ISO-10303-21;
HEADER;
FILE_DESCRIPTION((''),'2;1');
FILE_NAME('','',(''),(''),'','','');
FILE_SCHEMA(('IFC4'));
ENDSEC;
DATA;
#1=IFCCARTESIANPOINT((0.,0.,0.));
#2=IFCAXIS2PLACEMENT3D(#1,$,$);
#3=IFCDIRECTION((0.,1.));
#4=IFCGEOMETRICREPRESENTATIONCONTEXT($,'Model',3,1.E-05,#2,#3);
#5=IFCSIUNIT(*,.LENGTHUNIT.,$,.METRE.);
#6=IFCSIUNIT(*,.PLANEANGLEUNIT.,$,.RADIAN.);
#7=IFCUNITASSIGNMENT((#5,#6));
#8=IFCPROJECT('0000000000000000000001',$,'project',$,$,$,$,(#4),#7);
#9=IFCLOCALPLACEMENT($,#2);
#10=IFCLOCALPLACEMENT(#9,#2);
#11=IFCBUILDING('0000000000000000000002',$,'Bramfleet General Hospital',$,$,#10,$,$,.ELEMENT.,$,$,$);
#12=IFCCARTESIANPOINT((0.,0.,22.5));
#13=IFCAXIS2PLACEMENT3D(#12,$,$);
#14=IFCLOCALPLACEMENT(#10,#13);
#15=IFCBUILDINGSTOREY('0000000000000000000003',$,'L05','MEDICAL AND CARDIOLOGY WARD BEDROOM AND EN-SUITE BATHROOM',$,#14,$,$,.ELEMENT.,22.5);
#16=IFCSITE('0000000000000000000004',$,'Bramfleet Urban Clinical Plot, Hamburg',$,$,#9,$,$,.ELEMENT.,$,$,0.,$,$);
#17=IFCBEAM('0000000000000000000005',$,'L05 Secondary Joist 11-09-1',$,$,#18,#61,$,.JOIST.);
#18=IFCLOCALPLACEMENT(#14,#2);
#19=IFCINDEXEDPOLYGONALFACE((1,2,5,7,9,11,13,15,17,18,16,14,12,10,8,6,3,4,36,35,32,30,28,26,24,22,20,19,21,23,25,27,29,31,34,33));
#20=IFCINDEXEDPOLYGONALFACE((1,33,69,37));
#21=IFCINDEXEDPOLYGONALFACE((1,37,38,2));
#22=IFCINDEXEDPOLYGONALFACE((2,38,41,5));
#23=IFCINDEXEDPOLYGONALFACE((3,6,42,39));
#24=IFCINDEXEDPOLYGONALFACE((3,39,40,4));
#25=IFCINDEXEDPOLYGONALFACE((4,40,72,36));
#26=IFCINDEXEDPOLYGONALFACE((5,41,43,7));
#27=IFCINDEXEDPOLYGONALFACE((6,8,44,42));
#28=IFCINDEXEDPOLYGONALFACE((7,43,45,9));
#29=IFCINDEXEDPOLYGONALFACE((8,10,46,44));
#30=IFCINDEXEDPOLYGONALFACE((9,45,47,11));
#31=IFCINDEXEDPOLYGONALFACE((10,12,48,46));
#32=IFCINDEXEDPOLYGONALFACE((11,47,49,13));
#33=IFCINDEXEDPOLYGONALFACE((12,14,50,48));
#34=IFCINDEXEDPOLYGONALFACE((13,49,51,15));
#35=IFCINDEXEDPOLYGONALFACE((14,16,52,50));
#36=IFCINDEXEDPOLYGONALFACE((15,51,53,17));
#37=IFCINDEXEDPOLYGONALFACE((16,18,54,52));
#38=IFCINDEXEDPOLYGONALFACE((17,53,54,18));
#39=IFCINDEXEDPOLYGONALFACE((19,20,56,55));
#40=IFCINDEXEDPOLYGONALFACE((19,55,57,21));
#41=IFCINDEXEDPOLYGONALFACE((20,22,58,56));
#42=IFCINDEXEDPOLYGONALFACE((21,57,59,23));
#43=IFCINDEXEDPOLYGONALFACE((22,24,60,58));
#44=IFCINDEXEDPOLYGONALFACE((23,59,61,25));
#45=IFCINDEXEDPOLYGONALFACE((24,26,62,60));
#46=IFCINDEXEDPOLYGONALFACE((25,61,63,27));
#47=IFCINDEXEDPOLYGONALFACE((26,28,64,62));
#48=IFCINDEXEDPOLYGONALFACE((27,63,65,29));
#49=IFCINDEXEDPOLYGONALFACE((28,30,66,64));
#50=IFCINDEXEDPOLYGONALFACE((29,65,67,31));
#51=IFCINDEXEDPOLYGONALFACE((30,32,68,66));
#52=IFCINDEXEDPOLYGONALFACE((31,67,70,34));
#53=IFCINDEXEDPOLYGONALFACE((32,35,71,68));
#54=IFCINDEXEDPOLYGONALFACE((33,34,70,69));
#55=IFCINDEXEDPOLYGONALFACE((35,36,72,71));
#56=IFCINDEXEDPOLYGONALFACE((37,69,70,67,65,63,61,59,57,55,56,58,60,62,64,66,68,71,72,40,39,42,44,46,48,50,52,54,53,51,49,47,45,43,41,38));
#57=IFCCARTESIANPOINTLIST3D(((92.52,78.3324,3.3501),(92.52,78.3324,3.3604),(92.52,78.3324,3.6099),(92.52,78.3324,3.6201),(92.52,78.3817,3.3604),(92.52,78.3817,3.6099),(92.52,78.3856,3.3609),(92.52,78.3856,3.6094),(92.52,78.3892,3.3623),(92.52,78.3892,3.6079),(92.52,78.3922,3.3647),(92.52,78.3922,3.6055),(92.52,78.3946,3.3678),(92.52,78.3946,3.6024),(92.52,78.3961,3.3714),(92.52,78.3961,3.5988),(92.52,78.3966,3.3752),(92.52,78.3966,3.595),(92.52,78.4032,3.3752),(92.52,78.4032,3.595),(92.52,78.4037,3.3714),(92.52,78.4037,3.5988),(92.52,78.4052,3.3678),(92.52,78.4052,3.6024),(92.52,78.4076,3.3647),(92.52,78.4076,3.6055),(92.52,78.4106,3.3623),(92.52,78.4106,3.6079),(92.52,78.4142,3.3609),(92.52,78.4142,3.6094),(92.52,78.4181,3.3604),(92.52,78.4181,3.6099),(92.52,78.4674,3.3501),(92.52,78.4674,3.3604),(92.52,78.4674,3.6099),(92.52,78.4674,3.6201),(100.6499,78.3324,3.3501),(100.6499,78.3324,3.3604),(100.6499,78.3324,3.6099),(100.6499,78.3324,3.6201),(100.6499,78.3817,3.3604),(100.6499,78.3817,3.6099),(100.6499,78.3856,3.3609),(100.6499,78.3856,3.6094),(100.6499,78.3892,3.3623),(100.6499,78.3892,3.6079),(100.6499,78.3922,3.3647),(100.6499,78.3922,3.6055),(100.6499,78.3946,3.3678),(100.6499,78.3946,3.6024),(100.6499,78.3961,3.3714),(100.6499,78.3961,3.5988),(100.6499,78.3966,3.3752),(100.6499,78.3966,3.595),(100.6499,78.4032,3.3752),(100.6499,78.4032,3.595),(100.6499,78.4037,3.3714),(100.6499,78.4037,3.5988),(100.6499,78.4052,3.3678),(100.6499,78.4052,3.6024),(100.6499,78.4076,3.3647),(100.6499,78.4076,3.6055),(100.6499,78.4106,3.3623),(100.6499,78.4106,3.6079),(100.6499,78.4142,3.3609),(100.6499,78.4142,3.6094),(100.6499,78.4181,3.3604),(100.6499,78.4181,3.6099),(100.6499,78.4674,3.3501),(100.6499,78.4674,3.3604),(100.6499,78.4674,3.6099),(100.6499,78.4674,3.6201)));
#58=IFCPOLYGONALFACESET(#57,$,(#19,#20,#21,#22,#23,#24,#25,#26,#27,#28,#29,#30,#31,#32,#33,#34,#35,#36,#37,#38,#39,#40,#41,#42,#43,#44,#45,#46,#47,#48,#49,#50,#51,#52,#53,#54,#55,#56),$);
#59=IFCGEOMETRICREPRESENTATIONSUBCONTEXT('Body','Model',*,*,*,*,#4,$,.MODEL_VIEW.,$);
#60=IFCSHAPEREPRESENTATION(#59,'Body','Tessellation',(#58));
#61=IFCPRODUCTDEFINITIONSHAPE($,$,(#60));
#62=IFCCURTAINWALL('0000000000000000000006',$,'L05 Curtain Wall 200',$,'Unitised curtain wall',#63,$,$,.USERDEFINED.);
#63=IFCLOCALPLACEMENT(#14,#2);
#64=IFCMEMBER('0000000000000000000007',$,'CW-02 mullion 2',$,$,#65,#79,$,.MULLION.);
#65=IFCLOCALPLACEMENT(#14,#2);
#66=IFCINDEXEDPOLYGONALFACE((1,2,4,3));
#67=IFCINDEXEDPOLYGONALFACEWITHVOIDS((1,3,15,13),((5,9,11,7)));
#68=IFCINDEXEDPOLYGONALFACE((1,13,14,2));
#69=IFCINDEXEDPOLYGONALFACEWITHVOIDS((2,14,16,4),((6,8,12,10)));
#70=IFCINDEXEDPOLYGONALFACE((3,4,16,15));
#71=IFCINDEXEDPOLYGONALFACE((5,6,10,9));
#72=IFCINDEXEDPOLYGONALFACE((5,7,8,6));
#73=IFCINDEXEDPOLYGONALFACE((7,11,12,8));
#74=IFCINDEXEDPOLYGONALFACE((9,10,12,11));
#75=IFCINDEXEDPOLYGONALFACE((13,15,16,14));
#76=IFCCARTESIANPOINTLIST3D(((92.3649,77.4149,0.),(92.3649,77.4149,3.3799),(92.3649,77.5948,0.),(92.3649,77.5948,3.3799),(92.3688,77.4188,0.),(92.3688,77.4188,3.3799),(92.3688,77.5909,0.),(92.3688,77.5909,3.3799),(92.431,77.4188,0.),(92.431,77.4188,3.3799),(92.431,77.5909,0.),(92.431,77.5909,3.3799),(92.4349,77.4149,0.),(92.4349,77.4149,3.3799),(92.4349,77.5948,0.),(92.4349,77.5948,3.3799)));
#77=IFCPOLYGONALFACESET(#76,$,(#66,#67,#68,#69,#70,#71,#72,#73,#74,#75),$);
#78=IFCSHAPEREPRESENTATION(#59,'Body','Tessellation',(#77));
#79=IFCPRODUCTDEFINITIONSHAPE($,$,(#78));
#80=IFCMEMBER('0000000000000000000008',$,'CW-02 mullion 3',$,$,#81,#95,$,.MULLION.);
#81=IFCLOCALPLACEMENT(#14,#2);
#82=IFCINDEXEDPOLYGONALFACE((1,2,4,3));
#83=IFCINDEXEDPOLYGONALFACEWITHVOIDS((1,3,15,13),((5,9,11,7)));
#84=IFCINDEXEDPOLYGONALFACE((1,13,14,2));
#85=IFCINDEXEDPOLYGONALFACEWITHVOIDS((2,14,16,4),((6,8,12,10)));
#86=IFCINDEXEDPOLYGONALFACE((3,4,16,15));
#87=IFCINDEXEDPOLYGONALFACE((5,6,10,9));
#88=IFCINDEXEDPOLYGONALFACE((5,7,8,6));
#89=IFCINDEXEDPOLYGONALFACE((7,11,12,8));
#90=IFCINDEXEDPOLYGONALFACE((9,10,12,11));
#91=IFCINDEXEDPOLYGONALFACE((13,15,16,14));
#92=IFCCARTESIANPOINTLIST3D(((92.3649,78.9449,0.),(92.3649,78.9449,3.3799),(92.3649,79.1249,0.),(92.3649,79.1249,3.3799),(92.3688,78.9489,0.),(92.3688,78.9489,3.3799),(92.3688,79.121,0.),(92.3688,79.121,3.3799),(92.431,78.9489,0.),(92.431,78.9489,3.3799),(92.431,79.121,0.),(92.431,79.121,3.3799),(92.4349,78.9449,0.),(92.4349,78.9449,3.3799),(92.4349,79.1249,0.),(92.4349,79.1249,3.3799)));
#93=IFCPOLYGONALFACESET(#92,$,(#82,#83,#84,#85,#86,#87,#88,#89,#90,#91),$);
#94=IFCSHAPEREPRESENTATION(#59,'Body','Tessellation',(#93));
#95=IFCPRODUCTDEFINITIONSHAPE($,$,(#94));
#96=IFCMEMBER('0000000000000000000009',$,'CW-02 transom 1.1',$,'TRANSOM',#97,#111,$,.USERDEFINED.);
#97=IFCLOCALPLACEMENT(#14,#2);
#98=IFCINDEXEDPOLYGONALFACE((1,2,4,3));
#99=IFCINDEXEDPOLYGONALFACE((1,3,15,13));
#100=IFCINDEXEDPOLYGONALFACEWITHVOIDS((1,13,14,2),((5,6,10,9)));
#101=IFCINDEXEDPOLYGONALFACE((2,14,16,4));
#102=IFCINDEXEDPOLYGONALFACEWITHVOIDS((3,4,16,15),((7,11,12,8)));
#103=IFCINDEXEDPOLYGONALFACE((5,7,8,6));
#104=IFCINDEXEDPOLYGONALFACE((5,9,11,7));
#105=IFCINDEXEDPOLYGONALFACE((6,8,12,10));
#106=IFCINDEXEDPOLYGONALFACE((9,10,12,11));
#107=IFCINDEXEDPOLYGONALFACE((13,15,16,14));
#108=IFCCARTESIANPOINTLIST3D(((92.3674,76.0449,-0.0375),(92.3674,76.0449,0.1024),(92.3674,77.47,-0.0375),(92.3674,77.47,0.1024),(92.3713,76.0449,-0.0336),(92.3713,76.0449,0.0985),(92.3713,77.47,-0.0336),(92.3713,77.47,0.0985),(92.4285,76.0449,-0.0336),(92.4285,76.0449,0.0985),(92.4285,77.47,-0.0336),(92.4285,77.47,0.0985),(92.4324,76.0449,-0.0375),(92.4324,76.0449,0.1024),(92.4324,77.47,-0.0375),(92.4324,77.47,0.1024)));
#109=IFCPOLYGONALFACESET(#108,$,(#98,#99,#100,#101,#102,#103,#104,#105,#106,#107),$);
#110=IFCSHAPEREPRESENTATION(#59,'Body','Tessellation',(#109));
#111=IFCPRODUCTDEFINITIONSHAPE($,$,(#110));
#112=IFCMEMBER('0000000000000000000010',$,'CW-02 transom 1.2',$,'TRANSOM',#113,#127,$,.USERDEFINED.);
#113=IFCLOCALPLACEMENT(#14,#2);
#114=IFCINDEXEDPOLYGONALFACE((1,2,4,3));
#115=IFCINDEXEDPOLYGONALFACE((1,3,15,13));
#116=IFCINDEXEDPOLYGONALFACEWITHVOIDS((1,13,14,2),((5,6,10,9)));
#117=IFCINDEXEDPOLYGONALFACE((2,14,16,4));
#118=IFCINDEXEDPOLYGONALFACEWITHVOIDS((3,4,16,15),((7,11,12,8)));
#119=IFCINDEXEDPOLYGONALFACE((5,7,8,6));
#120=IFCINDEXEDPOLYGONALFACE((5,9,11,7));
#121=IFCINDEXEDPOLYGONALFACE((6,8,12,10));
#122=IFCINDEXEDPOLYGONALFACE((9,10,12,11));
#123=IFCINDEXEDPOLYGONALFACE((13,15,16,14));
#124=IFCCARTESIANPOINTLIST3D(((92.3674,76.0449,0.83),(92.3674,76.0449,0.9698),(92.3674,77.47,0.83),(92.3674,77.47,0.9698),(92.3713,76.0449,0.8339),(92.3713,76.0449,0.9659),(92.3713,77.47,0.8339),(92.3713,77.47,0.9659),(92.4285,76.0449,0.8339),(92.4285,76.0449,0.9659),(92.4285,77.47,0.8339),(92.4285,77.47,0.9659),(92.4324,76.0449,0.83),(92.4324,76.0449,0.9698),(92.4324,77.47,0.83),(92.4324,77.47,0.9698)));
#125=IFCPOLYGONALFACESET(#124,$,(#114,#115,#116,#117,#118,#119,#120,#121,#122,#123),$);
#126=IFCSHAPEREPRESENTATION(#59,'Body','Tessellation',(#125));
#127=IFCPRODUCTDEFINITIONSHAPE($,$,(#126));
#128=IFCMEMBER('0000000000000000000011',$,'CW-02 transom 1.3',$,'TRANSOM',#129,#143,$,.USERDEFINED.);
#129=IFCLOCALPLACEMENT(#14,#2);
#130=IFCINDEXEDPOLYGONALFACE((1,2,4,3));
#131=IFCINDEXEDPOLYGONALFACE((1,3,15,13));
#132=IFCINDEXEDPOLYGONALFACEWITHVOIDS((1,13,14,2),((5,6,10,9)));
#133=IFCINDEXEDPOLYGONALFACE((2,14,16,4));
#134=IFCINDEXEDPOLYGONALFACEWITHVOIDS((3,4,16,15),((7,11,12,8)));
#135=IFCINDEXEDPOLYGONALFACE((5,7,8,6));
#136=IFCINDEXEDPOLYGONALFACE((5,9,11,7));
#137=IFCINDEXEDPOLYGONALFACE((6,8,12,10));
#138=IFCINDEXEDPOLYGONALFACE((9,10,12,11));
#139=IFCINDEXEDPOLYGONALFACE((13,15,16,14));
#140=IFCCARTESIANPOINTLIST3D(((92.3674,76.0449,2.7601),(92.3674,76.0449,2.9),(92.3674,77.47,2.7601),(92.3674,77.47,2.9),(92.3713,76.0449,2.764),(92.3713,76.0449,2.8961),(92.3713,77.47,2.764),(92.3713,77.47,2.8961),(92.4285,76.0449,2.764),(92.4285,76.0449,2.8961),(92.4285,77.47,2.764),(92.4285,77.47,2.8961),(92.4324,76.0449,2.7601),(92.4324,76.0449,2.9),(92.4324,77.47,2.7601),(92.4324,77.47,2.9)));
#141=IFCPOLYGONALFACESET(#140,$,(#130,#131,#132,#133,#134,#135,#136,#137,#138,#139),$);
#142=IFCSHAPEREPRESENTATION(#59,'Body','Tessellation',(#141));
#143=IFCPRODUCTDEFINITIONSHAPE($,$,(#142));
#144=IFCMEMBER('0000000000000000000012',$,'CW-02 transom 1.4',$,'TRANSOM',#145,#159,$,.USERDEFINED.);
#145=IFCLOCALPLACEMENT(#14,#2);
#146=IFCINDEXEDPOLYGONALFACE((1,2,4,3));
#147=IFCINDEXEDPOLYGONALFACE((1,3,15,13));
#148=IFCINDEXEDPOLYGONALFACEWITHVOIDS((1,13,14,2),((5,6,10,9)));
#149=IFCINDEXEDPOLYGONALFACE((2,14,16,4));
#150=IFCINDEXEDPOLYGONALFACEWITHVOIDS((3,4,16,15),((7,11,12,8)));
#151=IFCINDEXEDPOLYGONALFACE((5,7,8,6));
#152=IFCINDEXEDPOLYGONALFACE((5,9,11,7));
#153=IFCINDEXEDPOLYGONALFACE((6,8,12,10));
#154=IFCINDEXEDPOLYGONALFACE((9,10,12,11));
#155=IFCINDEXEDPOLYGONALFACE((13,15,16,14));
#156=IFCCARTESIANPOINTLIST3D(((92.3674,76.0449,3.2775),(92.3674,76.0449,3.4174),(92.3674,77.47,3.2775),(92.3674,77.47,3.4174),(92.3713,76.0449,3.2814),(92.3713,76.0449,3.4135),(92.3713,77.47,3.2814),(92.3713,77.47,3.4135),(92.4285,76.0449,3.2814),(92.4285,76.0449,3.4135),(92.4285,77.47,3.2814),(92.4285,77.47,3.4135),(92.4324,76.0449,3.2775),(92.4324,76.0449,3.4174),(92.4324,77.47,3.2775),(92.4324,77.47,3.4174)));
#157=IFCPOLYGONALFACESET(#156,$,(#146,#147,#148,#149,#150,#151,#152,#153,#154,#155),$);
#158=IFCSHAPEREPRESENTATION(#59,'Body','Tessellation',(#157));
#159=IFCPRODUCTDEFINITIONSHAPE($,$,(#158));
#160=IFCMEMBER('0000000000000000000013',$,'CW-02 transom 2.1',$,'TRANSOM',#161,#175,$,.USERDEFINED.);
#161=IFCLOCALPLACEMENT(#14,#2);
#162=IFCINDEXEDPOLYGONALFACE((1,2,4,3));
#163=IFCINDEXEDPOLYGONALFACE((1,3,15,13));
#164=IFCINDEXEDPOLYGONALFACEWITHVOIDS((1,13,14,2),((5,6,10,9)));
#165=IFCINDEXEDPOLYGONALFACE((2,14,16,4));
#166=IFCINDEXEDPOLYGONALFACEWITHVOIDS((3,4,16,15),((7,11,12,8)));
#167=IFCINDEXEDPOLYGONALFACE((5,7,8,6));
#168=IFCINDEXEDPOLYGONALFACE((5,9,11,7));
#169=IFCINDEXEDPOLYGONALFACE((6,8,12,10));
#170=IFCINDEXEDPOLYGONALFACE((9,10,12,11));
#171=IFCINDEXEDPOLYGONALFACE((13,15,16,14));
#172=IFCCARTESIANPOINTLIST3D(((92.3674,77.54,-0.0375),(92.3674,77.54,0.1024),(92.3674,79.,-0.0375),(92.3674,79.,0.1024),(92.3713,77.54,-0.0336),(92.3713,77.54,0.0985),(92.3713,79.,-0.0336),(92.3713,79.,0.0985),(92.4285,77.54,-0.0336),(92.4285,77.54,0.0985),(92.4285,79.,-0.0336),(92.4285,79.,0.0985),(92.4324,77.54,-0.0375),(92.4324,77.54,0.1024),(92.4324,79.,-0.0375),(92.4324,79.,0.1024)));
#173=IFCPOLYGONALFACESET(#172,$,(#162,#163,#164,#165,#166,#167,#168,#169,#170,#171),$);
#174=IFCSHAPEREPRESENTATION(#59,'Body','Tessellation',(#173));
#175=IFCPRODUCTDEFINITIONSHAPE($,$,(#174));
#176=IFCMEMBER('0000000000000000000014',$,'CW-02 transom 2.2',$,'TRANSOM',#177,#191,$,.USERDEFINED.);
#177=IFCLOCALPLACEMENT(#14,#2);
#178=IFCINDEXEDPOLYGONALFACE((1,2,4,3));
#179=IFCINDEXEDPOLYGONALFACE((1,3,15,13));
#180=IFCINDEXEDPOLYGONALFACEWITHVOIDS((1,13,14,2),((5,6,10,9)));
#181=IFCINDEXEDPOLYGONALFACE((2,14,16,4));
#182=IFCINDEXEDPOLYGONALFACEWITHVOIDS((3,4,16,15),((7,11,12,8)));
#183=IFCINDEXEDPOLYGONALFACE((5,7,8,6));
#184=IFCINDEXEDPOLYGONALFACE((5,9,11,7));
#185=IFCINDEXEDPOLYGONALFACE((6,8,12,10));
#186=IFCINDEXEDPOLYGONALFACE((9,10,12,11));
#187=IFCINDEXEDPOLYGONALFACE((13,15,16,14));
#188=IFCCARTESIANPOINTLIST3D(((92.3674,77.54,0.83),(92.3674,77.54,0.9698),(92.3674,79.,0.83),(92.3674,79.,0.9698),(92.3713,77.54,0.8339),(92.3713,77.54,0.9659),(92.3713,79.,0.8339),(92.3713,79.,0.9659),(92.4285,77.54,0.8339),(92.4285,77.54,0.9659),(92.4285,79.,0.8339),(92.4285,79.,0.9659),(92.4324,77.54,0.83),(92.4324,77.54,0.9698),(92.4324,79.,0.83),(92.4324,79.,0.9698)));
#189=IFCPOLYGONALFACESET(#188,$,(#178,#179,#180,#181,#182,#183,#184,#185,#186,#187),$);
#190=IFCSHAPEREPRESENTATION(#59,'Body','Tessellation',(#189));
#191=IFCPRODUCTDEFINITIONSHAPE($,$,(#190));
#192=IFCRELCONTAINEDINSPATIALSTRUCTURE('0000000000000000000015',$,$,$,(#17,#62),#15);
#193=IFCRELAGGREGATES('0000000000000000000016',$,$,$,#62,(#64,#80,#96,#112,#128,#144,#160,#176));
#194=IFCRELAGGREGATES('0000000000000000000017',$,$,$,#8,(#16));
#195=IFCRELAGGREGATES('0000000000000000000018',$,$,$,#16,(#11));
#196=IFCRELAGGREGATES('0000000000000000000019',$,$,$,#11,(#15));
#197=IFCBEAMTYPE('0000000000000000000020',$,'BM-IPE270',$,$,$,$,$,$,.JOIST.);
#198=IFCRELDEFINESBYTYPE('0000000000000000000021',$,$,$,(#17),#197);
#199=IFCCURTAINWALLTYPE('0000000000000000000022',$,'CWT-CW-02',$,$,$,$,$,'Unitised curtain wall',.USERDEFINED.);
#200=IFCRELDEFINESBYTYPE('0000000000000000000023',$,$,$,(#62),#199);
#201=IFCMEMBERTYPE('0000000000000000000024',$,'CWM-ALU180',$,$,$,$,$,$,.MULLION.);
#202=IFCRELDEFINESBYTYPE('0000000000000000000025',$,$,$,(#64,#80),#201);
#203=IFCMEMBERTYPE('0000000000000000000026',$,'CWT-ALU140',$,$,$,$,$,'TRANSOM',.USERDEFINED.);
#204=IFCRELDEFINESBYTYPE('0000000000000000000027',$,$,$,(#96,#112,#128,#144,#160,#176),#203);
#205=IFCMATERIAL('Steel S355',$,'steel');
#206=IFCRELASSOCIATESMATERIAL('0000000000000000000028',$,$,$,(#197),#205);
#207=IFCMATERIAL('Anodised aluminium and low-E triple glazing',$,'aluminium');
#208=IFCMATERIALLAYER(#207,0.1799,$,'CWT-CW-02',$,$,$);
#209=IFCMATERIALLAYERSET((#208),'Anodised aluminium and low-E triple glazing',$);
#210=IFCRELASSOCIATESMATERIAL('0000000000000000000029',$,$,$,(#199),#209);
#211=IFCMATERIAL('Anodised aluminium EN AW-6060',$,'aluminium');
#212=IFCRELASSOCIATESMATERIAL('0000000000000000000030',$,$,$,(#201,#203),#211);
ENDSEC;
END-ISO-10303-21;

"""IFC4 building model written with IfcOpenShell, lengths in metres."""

from ifc_helpers import new_model, si_unit, direction, frame, origin, origin_2d, place, context, subcontext, project, spatial, hollow_rectangle, i_section, extrude, material, layer, layer_set, material_profile, profile_set, type_object, element, aggregate, save


model = new_model("IFC4")

# Units and contexts
model_context = context("Model", 3, precision=1e-05, world=origin(), true_north=direction((0.0, 1.0)))
body_context = subcontext(model_context, "Body", "Model", "MODEL_VIEW")
ifc_project = project(units=[si_unit("LENGTHUNIT", "METRE"), si_unit("PLANEANGLEUNIT", "RADIAN")], contexts=[model_context])

# Site, building, storey
site_placement = place(None, origin())
site = spatial("IfcSite", under=ifc_project, at=site_placement, Name="Bramfleet Urban Clinical Plot, Hamburg", CompositionType="ELEMENT", RefElevation=0.0)
building_placement = place(site_placement, origin())
building = spatial("IfcBuilding", under=site, at=building_placement, Name="Bramfleet General Hospital", CompositionType="ELEMENT")
storey_placement = place(building_placement, frame((0.0, 0.0, 22.5)))
storey = spatial("IfcBuildingStorey", under=building, at=storey_placement, Name="L05", Description="MEDICAL AND CARDIOLOGY WARD BEDROOM AND EN-SUITE BATHROOM", CompositionType="ELEMENT", Elevation=22.5)

# Beam
ifc_material_1 = material(Name="Steel S355", Category="steel")
ifc_material_profile_1 = material_profile(ifc_material_1, i_section(OverallWidth=0.135, OverallDepth=0.27, WebThickness=0.0066, FlangeThickness=0.0103, FilletRadius=0.0149, at=origin_2d()), Name="IPE 270")
ifc_profile_set_1 = profile_set([ifc_material_profile_1], Name="Steel S355")
beam_type = type_object("IfcBeamType", Name="BM-IPE270", PredefinedType="JOIST", material=ifc_profile_set_1)
beam_placement = place(storey_placement, frame((92.52, 78.3999, 3.4851), z_axis=(1.0, 0.0, 0.0), x_axis=(0.0, 1.0, 0.0)))
element("IfcBeam", 1, at=beam_placement, inside=storey, type_object=beam_type, Name="L05 Secondary Joist 11-09-1", PredefinedType="JOIST", context=body_context, shape_type="SweptSolid", body=[
    extrude(i_section(OverallWidth=0.135, OverallDepth=0.27, WebThickness=0.0066, FlangeThickness=0.0103, FilletRadius=0.0149, at=origin_2d()), origin(), (0.0, 0.0, 1.0), 8.1299),
])

# Curtain wall, members
ifc_material_2 = material(Name="Anodised aluminium and low-E triple glazing", Category="aluminium")
ifc_layer_1 = layer(ifc_material_2, 0.1799, Name="CWT-CW-02")
ifc_layer_set_1 = layer_set([ifc_layer_1], Name="Anodised aluminium and low-E triple glazing")
curtain_wall_type = type_object("IfcCurtainWallType", Name="CWT-CW-02", ElementType="Unitised curtain wall", PredefinedType="USERDEFINED", material=ifc_layer_set_1)
curtain_wall_placement = place(storey_placement, origin())
curtain_wall = element("IfcCurtainWall", 2, at=curtain_wall_placement, inside=storey, type_object=curtain_wall_type, Name="L05 Curtain Wall 200", ObjectType="Unitised curtain wall", PredefinedType="USERDEFINED")
ifc_material_3 = material(Name="Anodised aluminium EN AW-6060", Category="aluminium")
ifc_material_profile_2 = material_profile(ifc_material_3, hollow_rectangle(XDim=0.0701, YDim=0.1799, WallThickness=0.0039, at=origin_2d()), Name="ALU 180x70x4.0")
ifc_profile_set_2 = profile_set([ifc_material_profile_2], Name="Anodised aluminium EN AW-6060")
member_type_1 = type_object("IfcMemberType", Name="CWM-ALU180", PredefinedType="MULLION", material=ifc_profile_set_2)
member_1_placement = place(storey_placement, frame((92.3999, 77.5049, 0.0), z_axis=(0.0, 0.0, 1.0), x_axis=(-1.0, 0.0, 0.0)))
member_1 = element("IfcMember", 3, at=member_1_placement, type_object=member_type_1, Name="CW-02 mullion 2", PredefinedType="MULLION", context=body_context, shape_type="SweptSolid", body=[
    extrude(hollow_rectangle(XDim=0.0701, YDim=0.1799, WallThickness=0.0039, at=origin_2d()), origin(), (0.0, 0.0, 1.0), 3.3799),
])
member_2_placement = place(storey_placement, frame((92.3999, 79.0349, 0.0), z_axis=(0.0, 0.0, 1.0), x_axis=(-1.0, 0.0, 0.0)))
member_2 = element("IfcMember", 4, at=member_2_placement, type_object=member_type_1, Name="CW-02 mullion 3", PredefinedType="MULLION", context=body_context, shape_type="SweptSolid", body=[
    extrude(hollow_rectangle(XDim=0.0701, YDim=0.1799, WallThickness=0.0039, at=origin_2d()), origin(), (0.0, 0.0, 1.0), 3.3799),
])
ifc_material_profile_3 = material_profile(ifc_material_3, hollow_rectangle(XDim=0.0649, YDim=0.1399, WallThickness=0.0039, at=origin_2d()), Name="ALU 140x65x4.0")
ifc_profile_set_3 = profile_set([ifc_material_profile_3], Name="Anodised aluminium EN AW-6060")
member_type_2 = type_object("IfcMemberType", Name="CWT-ALU140", ElementType="TRANSOM", PredefinedType="USERDEFINED", material=ifc_profile_set_3)
member_3_placement = place(storey_placement, frame((92.3999, 76.0449, 0.0325), z_axis=(0.0, 1.0, 0.0), x_axis=(-1.0, 0.0, 0.0)))
member_3 = element("IfcMember", 5, at=member_3_placement, type_object=member_type_2, Name="CW-02 transom 1.1", ObjectType="TRANSOM", PredefinedType="USERDEFINED", context=body_context, shape_type="SweptSolid", body=[
    extrude(hollow_rectangle(XDim=0.0649, YDim=0.1399, WallThickness=0.0039, at=origin_2d()), origin(), (0.0, 0.0, 1.0), 1.425),
])
member_4_placement = place(storey_placement, frame((92.3999, 76.0449, 0.8999), z_axis=(0.0, 1.0, 0.0), x_axis=(-1.0, 0.0, 0.0)))
member_4 = element("IfcMember", 6, at=member_4_placement, type_object=member_type_2, Name="CW-02 transom 1.2", ObjectType="TRANSOM", PredefinedType="USERDEFINED", context=body_context, shape_type="SweptSolid", body=[
    extrude(hollow_rectangle(XDim=0.0649, YDim=0.1399, WallThickness=0.0039, at=origin_2d()), origin(), (0.0, 0.0, 1.0), 1.425),
])
member_5_placement = place(storey_placement, frame((92.3999, 76.0449, 2.8301), z_axis=(0.0, 1.0, 0.0), x_axis=(-1.0, 0.0, 0.0)))
member_5 = element("IfcMember", 7, at=member_5_placement, type_object=member_type_2, Name="CW-02 transom 1.3", ObjectType="TRANSOM", PredefinedType="USERDEFINED", context=body_context, shape_type="SweptSolid", body=[
    extrude(hollow_rectangle(XDim=0.0649, YDim=0.1399, WallThickness=0.0039, at=origin_2d()), origin(), (0.0, 0.0, 1.0), 1.425),
])
member_6_placement = place(storey_placement, frame((92.3999, 76.0449, 3.3474), z_axis=(0.0, 1.0, 0.0), x_axis=(-1.0, 0.0, 0.0)))
member_6 = element("IfcMember", 8, at=member_6_placement, type_object=member_type_2, Name="CW-02 transom 1.4", ObjectType="TRANSOM", PredefinedType="USERDEFINED", context=body_context, shape_type="SweptSolid", body=[
    extrude(hollow_rectangle(XDim=0.0649, YDim=0.1399, WallThickness=0.0039, at=origin_2d()), origin(), (0.0, 0.0, 1.0), 1.425),
])
member_7_placement = place(storey_placement, frame((92.3999, 77.54, 0.0325), z_axis=(0.0, 1.0, 0.0), x_axis=(-1.0, 0.0, 0.0)))
member_7 = element("IfcMember", 9, at=member_7_placement, type_object=member_type_2, Name="CW-02 transom 2.1", ObjectType="TRANSOM", PredefinedType="USERDEFINED", context=body_context, shape_type="SweptSolid", body=[
    extrude(hollow_rectangle(XDim=0.0649, YDim=0.1399, WallThickness=0.0039, at=origin_2d()), origin(), (0.0, 0.0, 1.0), 1.46),
])
member_8_placement = place(storey_placement, frame((92.3999, 77.54, 0.8999), z_axis=(0.0, 1.0, 0.0), x_axis=(-1.0, 0.0, 0.0)))
member_8 = element("IfcMember", 10, at=member_8_placement, type_object=member_type_2, Name="CW-02 transom 2.2", ObjectType="TRANSOM", PredefinedType="USERDEFINED", context=body_context, shape_type="SweptSolid", body=[
    extrude(hollow_rectangle(XDim=0.0649, YDim=0.1399, WallThickness=0.0039, at=origin_2d()), origin(), (0.0, 0.0, 1.0), 1.46),
])
aggregate(curtain_wall, [member_1, member_2, member_3, member_4, member_5, member_6, member_7, member_8])

save(model, "model.ifc")
